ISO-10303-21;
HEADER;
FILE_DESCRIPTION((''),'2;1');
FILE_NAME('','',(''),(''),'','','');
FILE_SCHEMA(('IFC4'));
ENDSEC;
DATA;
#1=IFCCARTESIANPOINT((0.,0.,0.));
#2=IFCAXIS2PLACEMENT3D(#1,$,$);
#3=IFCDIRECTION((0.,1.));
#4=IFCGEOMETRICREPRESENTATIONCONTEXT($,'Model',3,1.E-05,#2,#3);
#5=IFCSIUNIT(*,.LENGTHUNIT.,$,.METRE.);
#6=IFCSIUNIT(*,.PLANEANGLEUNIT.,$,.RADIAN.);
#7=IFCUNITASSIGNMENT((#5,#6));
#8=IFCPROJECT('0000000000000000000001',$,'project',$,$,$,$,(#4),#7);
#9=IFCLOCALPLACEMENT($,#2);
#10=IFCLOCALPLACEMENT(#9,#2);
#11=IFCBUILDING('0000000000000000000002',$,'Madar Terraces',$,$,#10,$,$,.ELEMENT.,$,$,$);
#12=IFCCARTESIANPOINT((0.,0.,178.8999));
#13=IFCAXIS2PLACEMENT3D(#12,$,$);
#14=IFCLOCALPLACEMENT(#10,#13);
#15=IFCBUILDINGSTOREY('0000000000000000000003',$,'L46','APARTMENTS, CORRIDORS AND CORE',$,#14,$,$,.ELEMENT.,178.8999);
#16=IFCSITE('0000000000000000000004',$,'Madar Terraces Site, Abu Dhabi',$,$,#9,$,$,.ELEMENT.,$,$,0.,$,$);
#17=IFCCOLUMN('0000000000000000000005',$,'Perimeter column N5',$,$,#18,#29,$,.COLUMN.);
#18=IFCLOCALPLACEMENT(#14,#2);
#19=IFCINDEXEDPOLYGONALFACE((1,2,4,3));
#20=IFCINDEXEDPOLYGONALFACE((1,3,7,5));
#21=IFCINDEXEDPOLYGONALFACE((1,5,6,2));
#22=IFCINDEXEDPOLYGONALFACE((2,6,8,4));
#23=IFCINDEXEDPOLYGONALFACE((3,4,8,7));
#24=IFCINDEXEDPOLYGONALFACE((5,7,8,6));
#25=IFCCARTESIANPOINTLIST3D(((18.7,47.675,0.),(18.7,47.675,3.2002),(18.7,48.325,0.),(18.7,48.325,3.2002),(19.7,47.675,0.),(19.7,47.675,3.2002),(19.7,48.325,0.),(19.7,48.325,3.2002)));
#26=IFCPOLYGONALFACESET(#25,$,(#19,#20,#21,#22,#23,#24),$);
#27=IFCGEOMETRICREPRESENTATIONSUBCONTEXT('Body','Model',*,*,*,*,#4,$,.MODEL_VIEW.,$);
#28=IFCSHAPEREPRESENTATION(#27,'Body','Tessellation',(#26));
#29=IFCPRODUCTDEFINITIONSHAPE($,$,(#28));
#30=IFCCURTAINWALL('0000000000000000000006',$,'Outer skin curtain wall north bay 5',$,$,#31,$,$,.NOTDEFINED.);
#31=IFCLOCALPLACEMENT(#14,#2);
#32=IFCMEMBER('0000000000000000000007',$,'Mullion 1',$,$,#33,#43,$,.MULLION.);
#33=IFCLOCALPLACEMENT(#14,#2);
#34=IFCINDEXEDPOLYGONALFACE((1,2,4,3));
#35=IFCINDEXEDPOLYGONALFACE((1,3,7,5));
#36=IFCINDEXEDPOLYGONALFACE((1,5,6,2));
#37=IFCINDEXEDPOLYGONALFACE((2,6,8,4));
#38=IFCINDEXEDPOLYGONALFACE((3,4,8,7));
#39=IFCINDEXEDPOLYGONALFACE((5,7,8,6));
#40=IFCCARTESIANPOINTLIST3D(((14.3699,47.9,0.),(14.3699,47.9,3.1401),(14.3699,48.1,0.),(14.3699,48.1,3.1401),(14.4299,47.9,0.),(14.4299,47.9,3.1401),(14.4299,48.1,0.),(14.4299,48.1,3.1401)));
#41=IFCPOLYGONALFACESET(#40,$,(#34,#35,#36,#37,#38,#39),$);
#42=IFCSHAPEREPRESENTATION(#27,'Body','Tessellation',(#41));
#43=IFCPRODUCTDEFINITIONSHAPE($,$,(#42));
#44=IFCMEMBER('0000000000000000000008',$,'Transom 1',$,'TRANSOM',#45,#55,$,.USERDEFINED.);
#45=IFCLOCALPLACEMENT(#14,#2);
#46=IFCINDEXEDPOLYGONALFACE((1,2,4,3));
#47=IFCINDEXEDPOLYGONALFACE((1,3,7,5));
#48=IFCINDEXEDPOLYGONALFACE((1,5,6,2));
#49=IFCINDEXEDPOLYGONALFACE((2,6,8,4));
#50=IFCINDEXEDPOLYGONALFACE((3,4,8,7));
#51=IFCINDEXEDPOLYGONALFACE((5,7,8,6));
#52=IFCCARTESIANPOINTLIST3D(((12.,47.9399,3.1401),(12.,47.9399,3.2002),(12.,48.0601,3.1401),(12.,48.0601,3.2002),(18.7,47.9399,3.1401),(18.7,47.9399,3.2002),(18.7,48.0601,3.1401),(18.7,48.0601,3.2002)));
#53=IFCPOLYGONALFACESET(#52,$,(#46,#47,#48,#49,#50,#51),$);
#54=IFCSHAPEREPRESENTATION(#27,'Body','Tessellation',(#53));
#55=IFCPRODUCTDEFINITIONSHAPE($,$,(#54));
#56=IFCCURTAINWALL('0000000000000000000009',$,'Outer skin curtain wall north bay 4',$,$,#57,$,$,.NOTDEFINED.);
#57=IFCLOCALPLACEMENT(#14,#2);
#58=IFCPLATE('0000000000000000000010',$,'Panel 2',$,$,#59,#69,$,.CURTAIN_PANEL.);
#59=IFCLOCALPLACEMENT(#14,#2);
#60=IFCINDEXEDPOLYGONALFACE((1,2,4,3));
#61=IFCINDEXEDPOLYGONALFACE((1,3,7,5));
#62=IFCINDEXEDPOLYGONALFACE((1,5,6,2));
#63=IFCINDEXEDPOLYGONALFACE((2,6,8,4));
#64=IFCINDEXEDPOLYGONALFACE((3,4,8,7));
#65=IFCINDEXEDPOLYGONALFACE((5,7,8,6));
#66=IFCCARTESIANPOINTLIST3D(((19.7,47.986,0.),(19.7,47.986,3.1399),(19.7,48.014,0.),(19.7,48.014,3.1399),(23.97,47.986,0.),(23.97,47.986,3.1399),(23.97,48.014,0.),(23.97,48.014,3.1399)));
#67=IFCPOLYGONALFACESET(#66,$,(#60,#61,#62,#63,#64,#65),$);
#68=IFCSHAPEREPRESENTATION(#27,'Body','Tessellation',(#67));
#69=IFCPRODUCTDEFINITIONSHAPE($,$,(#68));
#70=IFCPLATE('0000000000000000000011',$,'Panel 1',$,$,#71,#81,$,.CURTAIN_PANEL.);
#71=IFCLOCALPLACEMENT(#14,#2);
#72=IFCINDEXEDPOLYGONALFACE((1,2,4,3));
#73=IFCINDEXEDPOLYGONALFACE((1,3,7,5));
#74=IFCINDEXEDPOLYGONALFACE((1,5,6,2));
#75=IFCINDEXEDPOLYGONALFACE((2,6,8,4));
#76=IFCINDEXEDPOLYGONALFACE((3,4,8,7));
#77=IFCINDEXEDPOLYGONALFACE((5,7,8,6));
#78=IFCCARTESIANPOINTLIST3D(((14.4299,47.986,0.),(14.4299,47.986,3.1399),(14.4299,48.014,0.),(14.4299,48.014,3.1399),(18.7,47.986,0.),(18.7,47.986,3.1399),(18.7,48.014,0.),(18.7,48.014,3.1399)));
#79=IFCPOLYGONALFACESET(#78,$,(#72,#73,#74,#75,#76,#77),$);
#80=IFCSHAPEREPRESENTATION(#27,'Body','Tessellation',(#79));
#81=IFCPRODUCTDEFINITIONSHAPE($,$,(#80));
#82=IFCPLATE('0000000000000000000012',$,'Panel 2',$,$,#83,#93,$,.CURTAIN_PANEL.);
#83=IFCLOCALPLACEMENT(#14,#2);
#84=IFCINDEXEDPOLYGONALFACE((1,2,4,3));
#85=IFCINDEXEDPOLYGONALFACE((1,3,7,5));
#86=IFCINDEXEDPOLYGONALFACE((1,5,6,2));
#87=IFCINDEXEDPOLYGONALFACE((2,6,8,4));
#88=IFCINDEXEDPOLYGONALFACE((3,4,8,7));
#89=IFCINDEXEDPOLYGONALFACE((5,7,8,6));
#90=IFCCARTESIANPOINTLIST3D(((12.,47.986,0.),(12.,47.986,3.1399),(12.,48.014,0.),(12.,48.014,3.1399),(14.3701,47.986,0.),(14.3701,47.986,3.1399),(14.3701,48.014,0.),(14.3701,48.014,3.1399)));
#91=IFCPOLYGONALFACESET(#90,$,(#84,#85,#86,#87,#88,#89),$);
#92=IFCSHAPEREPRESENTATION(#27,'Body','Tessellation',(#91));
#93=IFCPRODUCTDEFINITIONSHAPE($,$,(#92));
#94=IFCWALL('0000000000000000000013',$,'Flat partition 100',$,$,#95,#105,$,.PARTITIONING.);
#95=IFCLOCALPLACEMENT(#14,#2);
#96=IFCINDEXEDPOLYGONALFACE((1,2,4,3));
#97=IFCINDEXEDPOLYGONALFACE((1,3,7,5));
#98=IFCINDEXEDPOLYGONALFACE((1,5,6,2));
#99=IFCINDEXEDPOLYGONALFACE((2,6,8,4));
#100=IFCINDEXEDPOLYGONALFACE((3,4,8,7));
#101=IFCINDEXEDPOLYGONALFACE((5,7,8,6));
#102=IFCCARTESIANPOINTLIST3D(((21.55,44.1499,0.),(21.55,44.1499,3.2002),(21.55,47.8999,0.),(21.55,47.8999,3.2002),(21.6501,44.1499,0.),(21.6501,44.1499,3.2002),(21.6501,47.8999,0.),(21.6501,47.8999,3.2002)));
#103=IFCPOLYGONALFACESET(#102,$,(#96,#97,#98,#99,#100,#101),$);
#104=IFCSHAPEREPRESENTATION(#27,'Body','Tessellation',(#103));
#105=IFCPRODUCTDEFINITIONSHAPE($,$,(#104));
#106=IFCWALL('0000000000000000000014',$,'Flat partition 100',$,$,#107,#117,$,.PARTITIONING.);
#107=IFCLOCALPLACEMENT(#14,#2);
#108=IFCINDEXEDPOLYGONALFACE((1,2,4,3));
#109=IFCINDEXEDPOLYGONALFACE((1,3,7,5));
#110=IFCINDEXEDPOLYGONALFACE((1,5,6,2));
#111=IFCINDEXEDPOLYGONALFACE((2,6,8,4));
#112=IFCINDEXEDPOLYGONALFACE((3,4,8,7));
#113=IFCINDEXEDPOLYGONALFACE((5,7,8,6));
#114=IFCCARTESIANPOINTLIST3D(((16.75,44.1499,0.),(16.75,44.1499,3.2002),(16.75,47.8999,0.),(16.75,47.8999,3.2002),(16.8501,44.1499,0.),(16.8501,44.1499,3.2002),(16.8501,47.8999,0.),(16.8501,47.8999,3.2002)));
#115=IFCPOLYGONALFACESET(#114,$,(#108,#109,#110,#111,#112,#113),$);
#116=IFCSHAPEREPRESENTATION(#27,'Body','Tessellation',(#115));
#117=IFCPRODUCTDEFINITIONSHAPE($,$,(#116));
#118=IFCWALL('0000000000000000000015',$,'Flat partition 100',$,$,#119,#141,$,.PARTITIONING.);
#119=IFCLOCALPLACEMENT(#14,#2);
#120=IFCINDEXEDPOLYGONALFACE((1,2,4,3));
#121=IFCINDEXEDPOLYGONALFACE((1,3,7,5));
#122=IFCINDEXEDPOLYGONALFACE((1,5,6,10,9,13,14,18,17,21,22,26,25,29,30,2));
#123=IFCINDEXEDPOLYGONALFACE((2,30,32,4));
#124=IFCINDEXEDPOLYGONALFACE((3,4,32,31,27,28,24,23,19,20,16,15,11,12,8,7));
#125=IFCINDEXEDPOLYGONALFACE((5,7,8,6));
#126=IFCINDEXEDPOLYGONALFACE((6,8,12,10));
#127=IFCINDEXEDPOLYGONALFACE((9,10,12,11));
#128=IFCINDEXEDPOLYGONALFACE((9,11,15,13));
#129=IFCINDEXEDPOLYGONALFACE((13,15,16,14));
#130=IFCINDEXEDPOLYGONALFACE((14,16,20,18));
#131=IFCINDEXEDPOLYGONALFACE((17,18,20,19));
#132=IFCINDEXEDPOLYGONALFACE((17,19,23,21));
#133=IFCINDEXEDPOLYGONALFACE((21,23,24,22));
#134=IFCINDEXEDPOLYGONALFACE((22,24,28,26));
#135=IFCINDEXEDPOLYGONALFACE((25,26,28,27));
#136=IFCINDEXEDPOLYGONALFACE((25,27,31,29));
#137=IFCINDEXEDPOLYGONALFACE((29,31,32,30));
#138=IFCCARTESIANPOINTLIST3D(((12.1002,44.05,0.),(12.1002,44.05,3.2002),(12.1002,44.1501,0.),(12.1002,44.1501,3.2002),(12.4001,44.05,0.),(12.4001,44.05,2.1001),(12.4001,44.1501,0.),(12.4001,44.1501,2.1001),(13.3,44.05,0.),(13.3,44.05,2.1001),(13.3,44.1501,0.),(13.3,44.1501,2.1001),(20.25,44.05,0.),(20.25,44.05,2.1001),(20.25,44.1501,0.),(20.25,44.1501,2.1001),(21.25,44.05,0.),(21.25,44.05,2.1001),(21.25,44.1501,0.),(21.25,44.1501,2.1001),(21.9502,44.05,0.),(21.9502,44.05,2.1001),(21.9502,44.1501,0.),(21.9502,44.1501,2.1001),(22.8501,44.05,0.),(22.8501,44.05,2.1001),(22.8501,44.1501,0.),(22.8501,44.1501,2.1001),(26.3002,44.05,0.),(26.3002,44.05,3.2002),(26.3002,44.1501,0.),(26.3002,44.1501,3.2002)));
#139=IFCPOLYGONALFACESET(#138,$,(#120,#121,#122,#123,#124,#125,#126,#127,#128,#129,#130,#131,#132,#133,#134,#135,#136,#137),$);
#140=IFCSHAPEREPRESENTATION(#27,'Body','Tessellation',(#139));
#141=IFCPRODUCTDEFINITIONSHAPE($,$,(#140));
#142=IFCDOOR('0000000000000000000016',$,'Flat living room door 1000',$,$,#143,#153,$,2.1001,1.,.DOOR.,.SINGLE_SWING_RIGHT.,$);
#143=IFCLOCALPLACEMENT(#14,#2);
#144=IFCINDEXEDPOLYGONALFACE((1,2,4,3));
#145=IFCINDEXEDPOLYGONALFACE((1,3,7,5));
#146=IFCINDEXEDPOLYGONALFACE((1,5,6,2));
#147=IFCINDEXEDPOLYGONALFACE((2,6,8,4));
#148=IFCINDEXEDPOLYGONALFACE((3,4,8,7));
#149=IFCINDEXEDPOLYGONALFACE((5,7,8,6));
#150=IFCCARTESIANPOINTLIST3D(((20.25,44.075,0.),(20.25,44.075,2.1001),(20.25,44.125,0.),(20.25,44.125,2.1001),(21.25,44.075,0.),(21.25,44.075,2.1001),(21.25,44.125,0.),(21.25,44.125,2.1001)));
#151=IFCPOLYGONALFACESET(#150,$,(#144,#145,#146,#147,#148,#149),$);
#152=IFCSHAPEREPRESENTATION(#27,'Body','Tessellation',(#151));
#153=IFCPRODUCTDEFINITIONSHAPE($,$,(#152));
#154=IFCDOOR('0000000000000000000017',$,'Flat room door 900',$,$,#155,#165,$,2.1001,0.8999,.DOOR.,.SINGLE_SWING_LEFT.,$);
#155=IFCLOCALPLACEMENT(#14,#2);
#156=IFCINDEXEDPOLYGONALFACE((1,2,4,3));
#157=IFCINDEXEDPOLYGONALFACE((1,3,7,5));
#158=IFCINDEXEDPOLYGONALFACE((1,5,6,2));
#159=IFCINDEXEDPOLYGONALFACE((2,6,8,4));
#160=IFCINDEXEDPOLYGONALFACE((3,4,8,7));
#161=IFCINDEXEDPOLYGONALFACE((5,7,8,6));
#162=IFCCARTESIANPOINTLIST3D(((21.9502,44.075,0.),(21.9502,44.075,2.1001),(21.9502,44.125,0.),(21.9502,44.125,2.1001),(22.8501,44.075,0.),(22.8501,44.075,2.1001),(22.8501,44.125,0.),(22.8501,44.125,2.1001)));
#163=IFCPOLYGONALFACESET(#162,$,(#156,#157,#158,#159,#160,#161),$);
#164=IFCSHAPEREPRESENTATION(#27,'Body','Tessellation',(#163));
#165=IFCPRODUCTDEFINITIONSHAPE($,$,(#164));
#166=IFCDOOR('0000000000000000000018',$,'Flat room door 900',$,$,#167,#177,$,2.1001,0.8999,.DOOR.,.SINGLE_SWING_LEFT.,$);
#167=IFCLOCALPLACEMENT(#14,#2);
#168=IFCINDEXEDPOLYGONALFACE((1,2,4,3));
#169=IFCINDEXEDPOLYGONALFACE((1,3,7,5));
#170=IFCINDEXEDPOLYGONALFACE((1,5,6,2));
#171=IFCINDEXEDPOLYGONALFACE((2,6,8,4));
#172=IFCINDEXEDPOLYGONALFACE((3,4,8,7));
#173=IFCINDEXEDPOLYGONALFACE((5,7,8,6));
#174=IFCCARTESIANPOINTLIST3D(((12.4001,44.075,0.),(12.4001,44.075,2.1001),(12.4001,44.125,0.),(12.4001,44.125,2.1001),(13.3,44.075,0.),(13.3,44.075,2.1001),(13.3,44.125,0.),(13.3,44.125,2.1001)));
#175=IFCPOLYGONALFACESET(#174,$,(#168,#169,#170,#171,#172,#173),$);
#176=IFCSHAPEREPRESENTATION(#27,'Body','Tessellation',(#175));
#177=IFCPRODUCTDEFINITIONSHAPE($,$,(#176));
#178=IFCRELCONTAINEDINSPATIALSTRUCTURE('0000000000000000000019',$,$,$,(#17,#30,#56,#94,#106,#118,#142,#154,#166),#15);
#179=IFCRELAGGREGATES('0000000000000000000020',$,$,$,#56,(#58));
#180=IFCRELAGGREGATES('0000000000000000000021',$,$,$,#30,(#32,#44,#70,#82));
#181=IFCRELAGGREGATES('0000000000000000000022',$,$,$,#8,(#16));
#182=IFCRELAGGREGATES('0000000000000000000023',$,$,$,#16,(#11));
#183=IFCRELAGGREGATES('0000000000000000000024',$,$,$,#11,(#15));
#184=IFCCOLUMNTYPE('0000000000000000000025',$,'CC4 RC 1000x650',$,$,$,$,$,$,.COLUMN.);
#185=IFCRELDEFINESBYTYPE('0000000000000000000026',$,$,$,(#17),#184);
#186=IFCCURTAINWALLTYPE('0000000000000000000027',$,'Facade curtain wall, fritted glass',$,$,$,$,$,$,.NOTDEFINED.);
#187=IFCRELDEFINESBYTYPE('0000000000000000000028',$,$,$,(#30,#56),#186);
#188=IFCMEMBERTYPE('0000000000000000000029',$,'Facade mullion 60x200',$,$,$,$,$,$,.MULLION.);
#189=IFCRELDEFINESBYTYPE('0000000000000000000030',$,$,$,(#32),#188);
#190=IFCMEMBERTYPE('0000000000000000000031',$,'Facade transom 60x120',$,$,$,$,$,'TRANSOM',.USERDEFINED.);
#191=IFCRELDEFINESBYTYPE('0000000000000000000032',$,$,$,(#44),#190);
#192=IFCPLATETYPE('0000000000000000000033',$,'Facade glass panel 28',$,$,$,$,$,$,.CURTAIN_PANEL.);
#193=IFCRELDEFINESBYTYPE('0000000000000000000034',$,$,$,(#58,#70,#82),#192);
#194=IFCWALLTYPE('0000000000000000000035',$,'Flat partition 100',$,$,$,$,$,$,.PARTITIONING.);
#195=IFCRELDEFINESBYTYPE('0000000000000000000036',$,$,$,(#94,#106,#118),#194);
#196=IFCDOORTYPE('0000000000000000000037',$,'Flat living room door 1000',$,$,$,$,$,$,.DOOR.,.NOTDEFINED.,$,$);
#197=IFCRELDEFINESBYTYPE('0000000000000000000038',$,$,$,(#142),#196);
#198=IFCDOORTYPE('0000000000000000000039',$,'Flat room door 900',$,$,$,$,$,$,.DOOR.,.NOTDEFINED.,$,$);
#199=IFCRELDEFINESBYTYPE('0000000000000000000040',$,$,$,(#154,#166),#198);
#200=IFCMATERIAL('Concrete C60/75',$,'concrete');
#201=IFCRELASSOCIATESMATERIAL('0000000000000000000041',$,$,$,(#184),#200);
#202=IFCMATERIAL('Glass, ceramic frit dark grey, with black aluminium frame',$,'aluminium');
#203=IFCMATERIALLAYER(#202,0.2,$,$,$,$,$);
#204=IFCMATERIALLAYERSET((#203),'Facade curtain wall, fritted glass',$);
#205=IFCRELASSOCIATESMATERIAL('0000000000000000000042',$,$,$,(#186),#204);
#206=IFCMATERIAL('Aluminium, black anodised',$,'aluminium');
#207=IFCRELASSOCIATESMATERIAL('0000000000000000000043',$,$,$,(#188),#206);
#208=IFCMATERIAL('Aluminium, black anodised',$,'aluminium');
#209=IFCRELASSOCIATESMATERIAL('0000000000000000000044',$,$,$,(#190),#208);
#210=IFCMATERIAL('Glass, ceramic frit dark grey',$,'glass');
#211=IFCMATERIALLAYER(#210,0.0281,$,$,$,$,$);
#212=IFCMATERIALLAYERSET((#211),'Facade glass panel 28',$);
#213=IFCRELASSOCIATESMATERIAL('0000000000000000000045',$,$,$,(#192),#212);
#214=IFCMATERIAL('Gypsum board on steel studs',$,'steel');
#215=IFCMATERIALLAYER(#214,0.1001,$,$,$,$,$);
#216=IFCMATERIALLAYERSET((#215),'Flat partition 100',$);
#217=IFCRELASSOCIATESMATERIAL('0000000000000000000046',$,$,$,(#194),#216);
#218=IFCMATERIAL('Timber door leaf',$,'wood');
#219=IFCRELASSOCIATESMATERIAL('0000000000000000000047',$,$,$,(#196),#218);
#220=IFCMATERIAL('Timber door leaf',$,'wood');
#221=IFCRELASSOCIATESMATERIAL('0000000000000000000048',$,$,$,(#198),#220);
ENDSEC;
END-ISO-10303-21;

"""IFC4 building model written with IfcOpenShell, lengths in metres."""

from ifc_helpers import new_model, si_unit, direction, frame, frame_2d, origin, origin_2d, place, context, subcontext, project, spatial, rectangle, extrude, material, layer, layer_set, material_profile, profile_set, type_object, element, fill, aggregate, save


model = new_model("IFC4")

# Units and contexts
model_context = context("Model", 3, precision=1e-05, world=origin(), true_north=direction((0.0, 1.0)))
body_context = subcontext(model_context, "Body", "Model", "MODEL_VIEW")
ifc_project = project(units=[si_unit("LENGTHUNIT", "METRE"), si_unit("PLANEANGLEUNIT", "RADIAN")], contexts=[model_context])

# Site, building, storey
site_placement = place(None, origin())
site = spatial("IfcSite", under=ifc_project, at=site_placement, Name="Madar Terraces Site, Abu Dhabi", CompositionType="ELEMENT", RefElevation=0.0)
building_placement = place(site_placement, origin())
building = spatial("IfcBuilding", under=site, at=building_placement, Name="Madar Terraces", CompositionType="ELEMENT")
storey_placement = place(building_placement, frame((0.0, 0.0, 178.8999)))
storey = spatial("IfcBuildingStorey", under=building, at=storey_placement, Name="L46", Description="APARTMENTS, CORRIDORS AND CORE", CompositionType="ELEMENT", Elevation=178.8999)

# Column
ifc_material_1 = material(Name="Concrete C60/75", Category="concrete")
ifc_material_profile_1 = material_profile(ifc_material_1, rectangle(XDim=1.0, YDim=0.6499, at=origin_2d()), Name="CC4 RC 1000x650")
ifc_profile_set_1 = profile_set([ifc_material_profile_1], Name="Concrete C60/75")
column_type = type_object("IfcColumnType", Name="CC4 RC 1000x650", PredefinedType="COLUMN", material=ifc_profile_set_1)
column_placement = place(storey_placement, frame((19.2, 48.0, 0.0), z_axis=(0.0, 0.0, 1.0), x_axis=(1.0, 0.0, 0.0)))
element("IfcColumn", 1, at=column_placement, inside=storey, type_object=column_type, Name="Perimeter column N5", PredefinedType="COLUMN", context=body_context, shape_type="SweptSolid", body=[
    extrude(rectangle(XDim=1.0, YDim=0.6499, at=origin_2d()), origin(), (0.0, 0.0, 1.0), 3.2002),
])

# Curtain wall, members
ifc_material_2 = material(Name="Glass, ceramic frit dark grey, with black aluminium frame", Category="aluminium")
ifc_layer_1 = layer(ifc_material_2, 0.2)
ifc_layer_set_1 = layer_set([ifc_layer_1], Name="Facade curtain wall, fritted glass")
curtain_wall_type = type_object("IfcCurtainWallType", Name="Facade curtain wall, fritted glass", PredefinedType="NOTDEFINED", material=ifc_layer_set_1)
curtain_wall_1_placement = place(storey_placement, origin())
curtain_wall_1 = element("IfcCurtainWall", 2, at=curtain_wall_1_placement, inside=storey, type_object=curtain_wall_type, Name="Outer skin curtain wall north bay 5", PredefinedType="NOTDEFINED")
ifc_material_3 = material(Name="Aluminium, black anodised", Category="aluminium")
ifc_material_profile_2 = material_profile(ifc_material_3, rectangle(XDim=0.2, YDim=0.0601, at=origin_2d()), Name="Facade mullion 60x200")
ifc_profile_set_2 = profile_set([ifc_material_profile_2], Name="Aluminium, black anodised")
member_type_1 = type_object("IfcMemberType", Name="Facade mullion 60x200", PredefinedType="MULLION", material=ifc_profile_set_2)
member_1_placement = place(storey_placement, frame((14.3999, 48.0, 0.0), z_axis=(0.0, 0.0, 1.0), x_axis=(0.0, -1.0, 0.0)))
member_1 = element("IfcMember", 3, at=member_1_placement, type_object=member_type_1, Name="Mullion 1", PredefinedType="MULLION", context=body_context, shape_type="SweptSolid", body=[
    extrude(rectangle(XDim=0.2, YDim=0.0601, at=origin_2d()), origin(), (0.0, 0.0, 1.0), 3.1401),
])
ifc_material_4 = material(Name="Aluminium, black anodised", Category="aluminium")
ifc_material_profile_3 = material_profile(ifc_material_4, rectangle(XDim=0.1201, YDim=0.0601, at=origin_2d()), Name="Facade transom 60x120")
ifc_profile_set_3 = profile_set([ifc_material_profile_3], Name="Aluminium, black anodised")
member_type_2 = type_object("IfcMemberType", Name="Facade transom 60x120", ElementType="TRANSOM", PredefinedType="USERDEFINED", material=ifc_profile_set_3)
member_2_placement = place(storey_placement, frame((18.7, 48.0, 3.1702), z_axis=(-1.0, 0.0, 0.0), x_axis=(0.0, -1.0, 0.0)))
member_2 = element("IfcMember", 4, at=member_2_placement, type_object=member_type_2, Name="Transom 1", ObjectType="TRANSOM", PredefinedType="USERDEFINED", context=body_context, shape_type="SweptSolid", body=[
    extrude(rectangle(XDim=0.1201, YDim=0.0601, at=origin_2d()), origin(), (0.0, 0.0, 1.0), 6.7),
])

# Curtain wall, plate
curtain_wall_2_placement = place(storey_placement, origin())
curtain_wall_2 = element("IfcCurtainWall", 5, at=curtain_wall_2_placement, inside=storey, type_object=curtain_wall_type, Name="Outer skin curtain wall north bay 4", PredefinedType="NOTDEFINED")
ifc_material_5 = material(Name="Glass, ceramic frit dark grey", Category="glass")
ifc_layer_2 = layer(ifc_material_5, 0.0281)
ifc_layer_set_2 = layer_set([ifc_layer_2], Name="Facade glass panel 28")
plate_type = type_object("IfcPlateType", Name="Facade glass panel 28", PredefinedType="CURTAIN_PANEL", material=ifc_layer_set_2)
plate_1_placement = place(storey_placement, frame((21.835, 48.0, 0.0), z_axis=(0.0, 0.0, 1.0), x_axis=(-1.0, 0.0, 0.0)))
plate_1 = element("IfcPlate", 6, at=plate_1_placement, type_object=plate_type, Name="Panel 2", PredefinedType="CURTAIN_PANEL", context=body_context, shape_type="SweptSolid", body=[
    extrude(rectangle(XDim=4.27, YDim=0.0281, at=origin_2d()), origin(), (0.0, 0.0, 1.0), 3.1399),
])
aggregate(curtain_wall_2, [plate_1])

# Plates
plate_2_placement = place(storey_placement, frame((16.5649, 48.0, 0.0), z_axis=(0.0, 0.0, 1.0), x_axis=(-1.0, 0.0, 0.0)))
plate_2 = element("IfcPlate", 7, at=plate_2_placement, type_object=plate_type, Name="Panel 1", PredefinedType="CURTAIN_PANEL", context=body_context, shape_type="SweptSolid", body=[
    extrude(rectangle(XDim=4.27, YDim=0.0281, at=origin_2d()), origin(), (0.0, 0.0, 1.0), 3.1399),
])
plate_3_placement = place(storey_placement, frame((13.1851, 48.0, 0.0), z_axis=(0.0, 0.0, 1.0), x_axis=(-1.0, 0.0, 0.0)))
plate_3 = element("IfcPlate", 8, at=plate_3_placement, type_object=plate_type, Name="Panel 2", PredefinedType="CURTAIN_PANEL", context=body_context, shape_type="SweptSolid", body=[
    extrude(rectangle(XDim=2.3701, YDim=0.0281, at=origin_2d()), origin(), (0.0, 0.0, 1.0), 3.1399),
])
aggregate(curtain_wall_1, [member_1, member_2, plate_2, plate_3])

# Walls
ifc_material_6 = material(Name="Gypsum board on steel studs", Category="steel")
ifc_layer_3 = layer(ifc_material_6, 0.1001)
ifc_layer_set_3 = layer_set([ifc_layer_3], Name="Flat partition 100")
wall_type = type_object("IfcWallType", Name="Flat partition 100", PredefinedType="PARTITIONING", material=ifc_layer_set_3)
for number, where, z_axis, x_axis, name in (
    (9, (21.6001, 44.1499, 0.0), (0.0, 0.0, 1.0), (0.0, 1.0, 0.0), "Flat partition 100"),
    (10, (16.8, 44.1499, 0.0), (0.0, 0.0, 1.0), (0.0, 1.0, 0.0), "Flat partition 100"),
):
    element("IfcWall", number, at=place(storey_placement, frame(where, z_axis=z_axis, x_axis=x_axis)), inside=storey, type_object=wall_type, Name=name, PredefinedType="PARTITIONING", context=body_context, shape_type="SweptSolid", body=[
        extrude(rectangle(XDim=3.75, YDim=0.1001, at=frame_2d((1.875, 0.0))), origin(), (0.0, 0.0, 1.0), 3.2002),
    ])

# Wall, openings, doors
wall_placement = place(storey_placement, frame((12.1001, 44.1001, 0.0), z_axis=(0.0, 0.0, 1.0), x_axis=(1.0, 0.0, 0.0)))
wall = element("IfcWall", 11, at=wall_placement, inside=storey, type_object=wall_type, Name="Flat partition 100", PredefinedType="PARTITIONING", context=body_context, shape_type="SweptSolid", body=[
    extrude(rectangle(XDim=14.2, YDim=0.1001, at=frame_2d((7.1001, 0.0))), origin(), (0.0, 0.0, 1.0), 3.2002),
])
opening_1_placement = place(wall_placement, frame((9.8501, 0.0, 0.0)))
opening_1 = element("IfcOpeningElement", 12, at=opening_1_placement, cuts=wall, PredefinedType="OPENING", context=body_context, shape_type="SweptSolid", body=[
    extrude(rectangle(XDim=0.8999, YDim=2.1001, at=frame_2d((0.45, 1.05))), frame((0.0, 0.0601, 0.0), z_axis=(0.0, -1.0, 0.0), x_axis=(1.0, 0.0, 0.0)), (0.0, 0.0, 1.0), 0.1201),
])
opening_2_placement = place(wall_placement, frame((8.1499, 0.0, 0.0)))
opening_2 = element("IfcOpeningElement", 13, at=opening_2_placement, cuts=wall, PredefinedType="OPENING", context=body_context, shape_type="SweptSolid", body=[
    extrude(rectangle(XDim=1.0, YDim=2.1001, at=frame_2d((0.5, 1.05))), frame((0.0, 0.0601, 0.0), z_axis=(0.0, -1.0, 0.0), x_axis=(1.0, 0.0, 0.0)), (0.0, 0.0, 1.0), 0.1201),
])
opening_3_placement = place(wall_placement, frame((0.3, 0.0, 0.0)))
opening_3 = element("IfcOpeningElement", 14, at=opening_3_placement, cuts=wall, PredefinedType="OPENING", context=body_context, shape_type="SweptSolid", body=[
    extrude(rectangle(XDim=0.8999, YDim=2.1001, at=frame_2d((0.45, 1.05))), frame((0.0, 0.0601, 0.0), z_axis=(0.0, -1.0, 0.0), x_axis=(1.0, 0.0, 0.0)), (0.0, 0.0, 1.0), 0.1201),
])
ifc_material_7 = material(Name="Timber door leaf", Category="wood")
door_type_1 = type_object("IfcDoorType", Name="Flat living room door 1000", OperationType="NOTDEFINED", PredefinedType="DOOR", material=ifc_material_7)
door_1_placement = place(opening_2_placement, origin())
door_1 = element("IfcDoor", 15, at=door_1_placement, inside=storey, type_object=door_type_1, Name="Flat living room door 1000", OperationType="SINGLE_SWING_RIGHT", OverallHeight=2.1001, OverallWidth=1.0, PredefinedType="DOOR", context=body_context, shape_type="SweptSolid", body=[
    extrude(rectangle(XDim=1.0, YDim=2.1001, at=frame_2d((0.5, 1.05))), frame((0.0, 0.0249, 0.0), z_axis=(0.0, -1.0, 0.0), x_axis=(1.0, 0.0, 0.0)), (0.0, 0.0, 1.0), 0.05),
])
fill(opening_2, door_1)
ifc_material_8 = material(Name="Timber door leaf", Category="wood")
door_type_2 = type_object("IfcDoorType", Name="Flat room door 900", OperationType="NOTDEFINED", PredefinedType="DOOR", material=ifc_material_8)
door_2_placement = place(opening_1_placement, origin())
door_2 = element("IfcDoor", 16, at=door_2_placement, inside=storey, type_object=door_type_2, Name="Flat room door 900", OperationType="SINGLE_SWING_LEFT", OverallHeight=2.1001, OverallWidth=0.8999, PredefinedType="DOOR", context=body_context, shape_type="SweptSolid", body=[
    extrude(rectangle(XDim=0.8999, YDim=2.1001, at=frame_2d((0.45, 1.05))), frame((0.0, 0.0249, 0.0), z_axis=(0.0, -1.0, 0.0), x_axis=(1.0, 0.0, 0.0)), (0.0, 0.0, 1.0), 0.05),
])
fill(opening_1, door_2)
door_3_placement = place(opening_3_placement, origin())
door_3 = element("IfcDoor", 17, at=door_3_placement, inside=storey, type_object=door_type_2, Name="Flat room door 900", OperationType="SINGLE_SWING_LEFT", OverallHeight=2.1001, OverallWidth=0.8999, PredefinedType="DOOR", context=body_context, shape_type="SweptSolid", body=[
    extrude(rectangle(XDim=0.8999, YDim=2.1001, at=frame_2d((0.45, 1.05))), frame((0.0, 0.0249, 0.0), z_axis=(0.0, -1.0, 0.0), x_axis=(1.0, 0.0, 0.0)), (0.0, 0.0, 1.0), 0.05),
])
fill(opening_3, door_3)

save(model, "model.ifc")
